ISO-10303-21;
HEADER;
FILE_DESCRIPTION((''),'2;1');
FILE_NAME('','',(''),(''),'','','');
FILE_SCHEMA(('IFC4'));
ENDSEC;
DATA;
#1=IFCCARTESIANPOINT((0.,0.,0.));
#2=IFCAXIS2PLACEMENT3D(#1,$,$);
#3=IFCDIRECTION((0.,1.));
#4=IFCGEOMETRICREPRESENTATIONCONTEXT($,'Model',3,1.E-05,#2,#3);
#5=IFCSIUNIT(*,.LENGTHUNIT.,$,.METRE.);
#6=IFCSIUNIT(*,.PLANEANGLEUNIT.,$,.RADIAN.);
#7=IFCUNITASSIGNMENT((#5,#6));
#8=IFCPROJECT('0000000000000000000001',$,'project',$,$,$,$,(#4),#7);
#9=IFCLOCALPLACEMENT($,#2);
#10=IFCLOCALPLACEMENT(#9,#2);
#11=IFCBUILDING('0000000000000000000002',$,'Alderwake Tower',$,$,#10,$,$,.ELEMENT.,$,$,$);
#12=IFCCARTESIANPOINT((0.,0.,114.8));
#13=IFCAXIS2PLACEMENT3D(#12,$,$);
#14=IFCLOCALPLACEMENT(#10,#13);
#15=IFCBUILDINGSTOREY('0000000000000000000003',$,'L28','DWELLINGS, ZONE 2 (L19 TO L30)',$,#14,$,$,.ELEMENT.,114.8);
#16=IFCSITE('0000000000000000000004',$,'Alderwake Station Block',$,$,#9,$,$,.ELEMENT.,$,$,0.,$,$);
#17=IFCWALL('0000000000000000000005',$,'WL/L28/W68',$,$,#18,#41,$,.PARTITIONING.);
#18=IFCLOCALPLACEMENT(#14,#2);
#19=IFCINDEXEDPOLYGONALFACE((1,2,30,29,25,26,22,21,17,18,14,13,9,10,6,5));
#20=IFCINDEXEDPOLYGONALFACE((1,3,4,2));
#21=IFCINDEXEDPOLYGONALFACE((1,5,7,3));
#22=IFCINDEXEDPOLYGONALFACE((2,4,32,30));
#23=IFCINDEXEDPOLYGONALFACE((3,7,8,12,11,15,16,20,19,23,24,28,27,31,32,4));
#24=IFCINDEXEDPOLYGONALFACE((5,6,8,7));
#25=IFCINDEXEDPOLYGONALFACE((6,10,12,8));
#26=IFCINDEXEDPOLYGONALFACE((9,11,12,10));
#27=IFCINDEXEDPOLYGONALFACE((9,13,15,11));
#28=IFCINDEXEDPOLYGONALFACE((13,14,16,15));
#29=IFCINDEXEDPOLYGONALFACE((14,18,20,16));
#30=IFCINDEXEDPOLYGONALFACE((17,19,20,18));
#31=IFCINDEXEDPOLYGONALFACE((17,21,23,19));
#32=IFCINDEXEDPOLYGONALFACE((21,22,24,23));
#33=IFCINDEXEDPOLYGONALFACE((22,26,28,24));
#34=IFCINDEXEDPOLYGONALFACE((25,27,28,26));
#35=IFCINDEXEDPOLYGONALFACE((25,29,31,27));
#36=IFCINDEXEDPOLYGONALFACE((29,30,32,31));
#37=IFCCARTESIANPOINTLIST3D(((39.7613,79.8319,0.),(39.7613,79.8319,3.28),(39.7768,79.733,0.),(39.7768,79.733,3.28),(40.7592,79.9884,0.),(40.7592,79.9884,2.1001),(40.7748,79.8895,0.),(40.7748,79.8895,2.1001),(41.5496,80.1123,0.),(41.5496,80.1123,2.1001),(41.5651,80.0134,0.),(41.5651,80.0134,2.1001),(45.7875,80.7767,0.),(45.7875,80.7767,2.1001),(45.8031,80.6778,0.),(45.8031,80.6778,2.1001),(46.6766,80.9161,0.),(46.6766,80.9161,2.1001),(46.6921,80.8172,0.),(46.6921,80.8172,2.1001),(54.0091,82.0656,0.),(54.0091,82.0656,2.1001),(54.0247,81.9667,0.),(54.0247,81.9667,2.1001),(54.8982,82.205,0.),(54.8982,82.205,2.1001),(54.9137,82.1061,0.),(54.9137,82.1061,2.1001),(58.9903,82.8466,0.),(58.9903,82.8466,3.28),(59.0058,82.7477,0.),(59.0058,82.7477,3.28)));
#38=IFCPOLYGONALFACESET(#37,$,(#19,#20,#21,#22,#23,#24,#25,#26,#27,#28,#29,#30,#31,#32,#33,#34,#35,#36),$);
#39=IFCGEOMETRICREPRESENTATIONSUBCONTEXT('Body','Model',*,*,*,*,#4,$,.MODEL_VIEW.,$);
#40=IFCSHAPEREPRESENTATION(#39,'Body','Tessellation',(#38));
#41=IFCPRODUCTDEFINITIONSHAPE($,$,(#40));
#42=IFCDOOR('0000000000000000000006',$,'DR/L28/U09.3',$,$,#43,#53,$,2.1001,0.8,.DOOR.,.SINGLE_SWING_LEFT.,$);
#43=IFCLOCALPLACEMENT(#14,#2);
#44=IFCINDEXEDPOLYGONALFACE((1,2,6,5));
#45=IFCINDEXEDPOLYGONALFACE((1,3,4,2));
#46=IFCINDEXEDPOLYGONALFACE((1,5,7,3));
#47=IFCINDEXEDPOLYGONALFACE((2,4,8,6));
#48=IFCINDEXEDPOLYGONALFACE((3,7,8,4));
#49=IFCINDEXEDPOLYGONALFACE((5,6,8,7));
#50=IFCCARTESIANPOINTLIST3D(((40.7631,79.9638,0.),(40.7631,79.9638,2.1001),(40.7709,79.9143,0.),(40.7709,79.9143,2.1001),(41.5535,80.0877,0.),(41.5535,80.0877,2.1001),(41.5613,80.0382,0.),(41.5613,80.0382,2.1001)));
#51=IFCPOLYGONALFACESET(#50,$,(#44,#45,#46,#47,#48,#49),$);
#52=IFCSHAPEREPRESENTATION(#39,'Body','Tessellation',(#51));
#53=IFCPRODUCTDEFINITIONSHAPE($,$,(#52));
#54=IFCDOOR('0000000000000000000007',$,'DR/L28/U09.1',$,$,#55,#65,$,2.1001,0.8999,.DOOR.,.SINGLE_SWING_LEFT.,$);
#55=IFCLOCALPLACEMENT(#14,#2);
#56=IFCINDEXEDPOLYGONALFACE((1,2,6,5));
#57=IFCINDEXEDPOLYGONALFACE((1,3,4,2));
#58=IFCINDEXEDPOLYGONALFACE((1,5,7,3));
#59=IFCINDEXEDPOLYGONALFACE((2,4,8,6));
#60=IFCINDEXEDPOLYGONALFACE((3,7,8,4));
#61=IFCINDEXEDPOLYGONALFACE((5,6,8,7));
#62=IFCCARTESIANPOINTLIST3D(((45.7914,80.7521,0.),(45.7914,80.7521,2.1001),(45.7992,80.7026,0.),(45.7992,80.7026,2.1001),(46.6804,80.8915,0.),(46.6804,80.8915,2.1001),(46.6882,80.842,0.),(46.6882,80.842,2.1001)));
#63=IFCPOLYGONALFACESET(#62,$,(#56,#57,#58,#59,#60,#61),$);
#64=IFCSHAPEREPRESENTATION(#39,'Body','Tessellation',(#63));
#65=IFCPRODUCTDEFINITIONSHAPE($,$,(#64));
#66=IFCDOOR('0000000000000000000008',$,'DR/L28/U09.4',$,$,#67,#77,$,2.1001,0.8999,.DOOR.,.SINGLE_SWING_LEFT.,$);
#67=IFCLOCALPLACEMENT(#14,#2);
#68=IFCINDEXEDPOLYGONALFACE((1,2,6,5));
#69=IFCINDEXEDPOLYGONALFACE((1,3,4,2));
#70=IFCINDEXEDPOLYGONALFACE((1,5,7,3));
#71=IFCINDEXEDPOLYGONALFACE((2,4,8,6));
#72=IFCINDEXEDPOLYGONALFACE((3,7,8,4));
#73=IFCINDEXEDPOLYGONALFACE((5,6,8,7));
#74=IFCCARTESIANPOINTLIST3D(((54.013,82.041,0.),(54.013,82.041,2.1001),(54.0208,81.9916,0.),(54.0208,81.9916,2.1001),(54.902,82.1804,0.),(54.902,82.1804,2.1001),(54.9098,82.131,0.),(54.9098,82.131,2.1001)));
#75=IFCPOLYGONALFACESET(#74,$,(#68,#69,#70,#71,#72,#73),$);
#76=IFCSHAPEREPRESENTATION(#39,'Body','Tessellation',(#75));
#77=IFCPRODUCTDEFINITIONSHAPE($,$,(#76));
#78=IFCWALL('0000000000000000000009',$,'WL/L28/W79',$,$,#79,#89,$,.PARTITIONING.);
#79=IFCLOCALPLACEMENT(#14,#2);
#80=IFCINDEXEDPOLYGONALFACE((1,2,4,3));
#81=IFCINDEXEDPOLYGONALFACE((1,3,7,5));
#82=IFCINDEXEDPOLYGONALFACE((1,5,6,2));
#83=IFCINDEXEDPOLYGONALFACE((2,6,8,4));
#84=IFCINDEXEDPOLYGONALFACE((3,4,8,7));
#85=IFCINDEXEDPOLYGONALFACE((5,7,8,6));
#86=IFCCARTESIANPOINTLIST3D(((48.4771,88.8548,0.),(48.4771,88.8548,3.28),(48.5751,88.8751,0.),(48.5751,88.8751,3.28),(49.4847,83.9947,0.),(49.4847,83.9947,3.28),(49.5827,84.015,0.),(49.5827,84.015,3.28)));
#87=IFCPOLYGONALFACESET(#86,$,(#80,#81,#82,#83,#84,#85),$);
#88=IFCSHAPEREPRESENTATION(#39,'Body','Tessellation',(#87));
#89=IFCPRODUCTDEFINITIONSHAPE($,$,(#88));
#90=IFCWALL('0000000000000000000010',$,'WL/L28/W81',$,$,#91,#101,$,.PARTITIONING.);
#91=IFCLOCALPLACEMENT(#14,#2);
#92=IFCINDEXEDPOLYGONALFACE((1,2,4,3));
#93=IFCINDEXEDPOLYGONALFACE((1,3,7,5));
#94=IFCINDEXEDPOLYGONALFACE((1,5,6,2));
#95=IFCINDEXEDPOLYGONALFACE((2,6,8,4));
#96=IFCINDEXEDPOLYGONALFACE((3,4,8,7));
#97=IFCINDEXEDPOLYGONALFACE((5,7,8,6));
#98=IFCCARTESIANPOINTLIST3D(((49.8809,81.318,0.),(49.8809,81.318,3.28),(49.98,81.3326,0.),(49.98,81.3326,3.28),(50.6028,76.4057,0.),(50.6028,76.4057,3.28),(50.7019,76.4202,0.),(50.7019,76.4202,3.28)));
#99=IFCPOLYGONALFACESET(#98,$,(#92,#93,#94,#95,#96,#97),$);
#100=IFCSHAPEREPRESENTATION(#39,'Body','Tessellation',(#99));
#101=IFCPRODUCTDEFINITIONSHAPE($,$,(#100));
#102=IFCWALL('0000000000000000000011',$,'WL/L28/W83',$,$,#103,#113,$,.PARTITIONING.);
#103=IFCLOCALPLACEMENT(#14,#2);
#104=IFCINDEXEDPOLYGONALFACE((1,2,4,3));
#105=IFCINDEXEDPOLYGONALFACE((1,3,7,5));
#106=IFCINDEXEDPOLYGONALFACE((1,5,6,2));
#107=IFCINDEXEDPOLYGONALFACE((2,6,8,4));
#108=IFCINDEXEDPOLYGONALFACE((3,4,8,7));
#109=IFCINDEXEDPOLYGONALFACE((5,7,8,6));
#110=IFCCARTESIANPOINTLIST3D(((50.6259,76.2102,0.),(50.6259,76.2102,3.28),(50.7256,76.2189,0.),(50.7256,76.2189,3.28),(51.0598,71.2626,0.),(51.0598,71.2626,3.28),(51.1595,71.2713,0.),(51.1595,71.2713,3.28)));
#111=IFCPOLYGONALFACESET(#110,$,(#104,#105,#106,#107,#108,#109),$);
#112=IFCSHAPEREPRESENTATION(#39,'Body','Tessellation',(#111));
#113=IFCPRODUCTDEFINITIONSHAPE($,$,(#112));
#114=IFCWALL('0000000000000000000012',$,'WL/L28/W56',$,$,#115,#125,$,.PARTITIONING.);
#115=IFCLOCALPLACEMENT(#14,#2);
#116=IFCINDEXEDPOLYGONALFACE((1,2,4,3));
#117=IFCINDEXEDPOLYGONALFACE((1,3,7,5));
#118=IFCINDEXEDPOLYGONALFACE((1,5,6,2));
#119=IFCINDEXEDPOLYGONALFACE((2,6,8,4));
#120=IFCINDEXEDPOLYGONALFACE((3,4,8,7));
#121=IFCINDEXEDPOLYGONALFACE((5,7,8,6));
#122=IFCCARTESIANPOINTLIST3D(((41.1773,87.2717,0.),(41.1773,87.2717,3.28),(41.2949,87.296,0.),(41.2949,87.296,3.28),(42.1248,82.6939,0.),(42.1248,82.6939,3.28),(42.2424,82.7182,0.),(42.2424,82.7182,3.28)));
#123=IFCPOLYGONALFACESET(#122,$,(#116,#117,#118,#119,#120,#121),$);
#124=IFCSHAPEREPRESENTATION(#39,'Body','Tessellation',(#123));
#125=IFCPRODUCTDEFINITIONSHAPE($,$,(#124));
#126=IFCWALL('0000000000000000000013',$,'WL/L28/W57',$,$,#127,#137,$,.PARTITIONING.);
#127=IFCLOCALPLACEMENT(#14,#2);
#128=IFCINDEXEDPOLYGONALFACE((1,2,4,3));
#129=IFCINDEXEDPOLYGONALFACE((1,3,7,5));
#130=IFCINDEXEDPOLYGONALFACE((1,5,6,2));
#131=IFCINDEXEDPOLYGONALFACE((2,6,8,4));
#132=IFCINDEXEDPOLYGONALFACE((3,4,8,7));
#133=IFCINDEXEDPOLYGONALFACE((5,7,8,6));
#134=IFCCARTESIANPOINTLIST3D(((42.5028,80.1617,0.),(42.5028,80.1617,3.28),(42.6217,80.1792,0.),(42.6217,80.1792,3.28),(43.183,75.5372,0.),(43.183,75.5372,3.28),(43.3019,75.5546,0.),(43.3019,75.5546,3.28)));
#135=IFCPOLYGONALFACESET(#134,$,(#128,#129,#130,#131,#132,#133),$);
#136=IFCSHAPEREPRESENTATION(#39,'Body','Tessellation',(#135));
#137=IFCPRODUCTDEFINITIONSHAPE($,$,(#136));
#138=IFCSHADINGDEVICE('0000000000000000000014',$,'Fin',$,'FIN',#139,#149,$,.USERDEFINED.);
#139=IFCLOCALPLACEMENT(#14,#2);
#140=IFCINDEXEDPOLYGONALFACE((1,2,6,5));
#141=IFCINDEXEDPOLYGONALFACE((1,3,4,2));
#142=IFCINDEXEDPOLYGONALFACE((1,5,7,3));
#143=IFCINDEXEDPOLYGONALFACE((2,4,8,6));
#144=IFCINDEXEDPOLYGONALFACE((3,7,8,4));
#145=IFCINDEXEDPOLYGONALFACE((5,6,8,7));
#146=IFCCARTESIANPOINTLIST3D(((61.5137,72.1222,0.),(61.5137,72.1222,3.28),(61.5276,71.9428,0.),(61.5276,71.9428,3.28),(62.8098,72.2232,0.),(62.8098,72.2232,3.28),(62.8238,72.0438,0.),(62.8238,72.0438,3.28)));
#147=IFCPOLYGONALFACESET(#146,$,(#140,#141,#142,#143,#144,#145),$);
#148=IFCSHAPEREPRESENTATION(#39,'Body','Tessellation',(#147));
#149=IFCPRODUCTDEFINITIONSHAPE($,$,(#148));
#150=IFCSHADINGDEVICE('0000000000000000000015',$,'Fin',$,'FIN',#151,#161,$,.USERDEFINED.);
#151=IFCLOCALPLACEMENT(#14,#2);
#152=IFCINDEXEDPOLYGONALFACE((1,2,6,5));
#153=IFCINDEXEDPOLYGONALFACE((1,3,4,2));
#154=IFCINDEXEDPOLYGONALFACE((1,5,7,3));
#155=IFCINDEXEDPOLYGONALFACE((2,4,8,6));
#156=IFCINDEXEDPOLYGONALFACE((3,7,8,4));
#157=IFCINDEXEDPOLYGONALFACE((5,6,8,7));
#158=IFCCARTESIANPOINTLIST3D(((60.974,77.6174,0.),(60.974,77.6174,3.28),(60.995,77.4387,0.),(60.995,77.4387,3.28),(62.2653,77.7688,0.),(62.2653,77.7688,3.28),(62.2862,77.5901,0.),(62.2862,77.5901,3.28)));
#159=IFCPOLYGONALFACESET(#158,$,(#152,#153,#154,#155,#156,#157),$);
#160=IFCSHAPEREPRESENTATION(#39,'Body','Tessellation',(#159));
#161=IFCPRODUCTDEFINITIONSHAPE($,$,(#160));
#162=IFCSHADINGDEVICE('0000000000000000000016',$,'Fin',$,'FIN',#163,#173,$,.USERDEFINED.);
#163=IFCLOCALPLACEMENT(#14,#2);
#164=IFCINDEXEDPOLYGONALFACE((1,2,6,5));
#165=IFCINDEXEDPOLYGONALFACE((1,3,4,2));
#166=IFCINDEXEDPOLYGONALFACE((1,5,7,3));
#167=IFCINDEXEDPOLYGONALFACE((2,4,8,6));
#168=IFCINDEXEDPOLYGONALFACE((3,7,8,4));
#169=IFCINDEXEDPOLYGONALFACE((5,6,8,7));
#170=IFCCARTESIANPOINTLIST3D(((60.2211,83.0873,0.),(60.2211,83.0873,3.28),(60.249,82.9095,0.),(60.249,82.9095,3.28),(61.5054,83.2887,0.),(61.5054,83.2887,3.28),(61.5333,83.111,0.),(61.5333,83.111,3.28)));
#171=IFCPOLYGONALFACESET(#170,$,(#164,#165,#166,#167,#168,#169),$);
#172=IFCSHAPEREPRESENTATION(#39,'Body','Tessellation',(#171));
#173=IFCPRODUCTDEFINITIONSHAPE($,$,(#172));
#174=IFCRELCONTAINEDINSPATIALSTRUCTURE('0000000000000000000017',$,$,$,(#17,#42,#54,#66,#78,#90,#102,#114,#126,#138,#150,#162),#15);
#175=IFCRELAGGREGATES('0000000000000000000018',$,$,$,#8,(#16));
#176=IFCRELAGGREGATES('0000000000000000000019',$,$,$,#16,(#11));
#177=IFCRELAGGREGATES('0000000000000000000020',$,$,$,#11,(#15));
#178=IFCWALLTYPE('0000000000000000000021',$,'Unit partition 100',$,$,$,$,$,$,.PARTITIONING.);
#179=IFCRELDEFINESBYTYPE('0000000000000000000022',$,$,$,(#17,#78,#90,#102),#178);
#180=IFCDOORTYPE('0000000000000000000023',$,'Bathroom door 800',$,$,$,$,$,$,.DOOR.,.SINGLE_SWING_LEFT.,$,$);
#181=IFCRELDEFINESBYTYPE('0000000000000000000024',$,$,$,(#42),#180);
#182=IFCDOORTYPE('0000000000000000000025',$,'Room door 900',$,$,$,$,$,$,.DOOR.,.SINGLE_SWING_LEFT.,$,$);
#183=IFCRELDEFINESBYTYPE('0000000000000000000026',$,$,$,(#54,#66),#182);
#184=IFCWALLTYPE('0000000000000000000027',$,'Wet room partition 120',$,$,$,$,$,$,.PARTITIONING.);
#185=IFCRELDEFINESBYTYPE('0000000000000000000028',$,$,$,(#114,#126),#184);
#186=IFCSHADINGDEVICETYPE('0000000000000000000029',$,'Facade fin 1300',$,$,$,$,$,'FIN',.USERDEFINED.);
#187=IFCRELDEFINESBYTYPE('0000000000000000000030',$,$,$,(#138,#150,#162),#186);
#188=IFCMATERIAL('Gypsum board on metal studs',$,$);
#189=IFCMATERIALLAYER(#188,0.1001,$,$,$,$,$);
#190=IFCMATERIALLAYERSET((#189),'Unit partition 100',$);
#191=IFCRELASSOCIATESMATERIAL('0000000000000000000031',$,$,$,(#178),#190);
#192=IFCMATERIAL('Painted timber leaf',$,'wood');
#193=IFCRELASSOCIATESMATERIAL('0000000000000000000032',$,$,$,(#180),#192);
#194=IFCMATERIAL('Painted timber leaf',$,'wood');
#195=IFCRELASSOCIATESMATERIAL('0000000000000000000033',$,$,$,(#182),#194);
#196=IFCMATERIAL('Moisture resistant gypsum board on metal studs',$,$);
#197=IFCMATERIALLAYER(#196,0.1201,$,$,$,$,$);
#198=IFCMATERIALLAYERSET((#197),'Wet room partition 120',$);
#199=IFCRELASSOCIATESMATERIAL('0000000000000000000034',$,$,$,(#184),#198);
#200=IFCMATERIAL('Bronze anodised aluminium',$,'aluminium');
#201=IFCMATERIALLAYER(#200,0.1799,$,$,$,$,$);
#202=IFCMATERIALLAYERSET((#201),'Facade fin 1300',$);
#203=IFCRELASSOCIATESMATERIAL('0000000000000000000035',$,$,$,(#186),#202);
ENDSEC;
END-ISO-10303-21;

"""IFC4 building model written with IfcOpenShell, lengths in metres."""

from ifc_helpers import new_model, si_unit, direction, frame, frame_2d, origin, origin_2d, place, context, subcontext, project, spatial, rectangle, extrude, material, layer, layer_set, type_object, element, fill, save


model = new_model("IFC4")

# Units and contexts
model_context = context("Model", 3, precision=1e-05, world=origin(), true_north=direction((0.0, 1.0)))
body_context = subcontext(model_context, "Body", "Model", "MODEL_VIEW")
ifc_project = project(units=[si_unit("LENGTHUNIT", "METRE"), si_unit("PLANEANGLEUNIT", "RADIAN")], contexts=[model_context])

# Site, building, storey
site_placement = place(None, origin())
site = spatial("IfcSite", under=ifc_project, at=site_placement, Name="Alderwake Station Block", CompositionType="ELEMENT", RefElevation=0.0)
building_placement = place(site_placement, origin())
building = spatial("IfcBuilding", under=site, at=building_placement, Name="Alderwake Tower", CompositionType="ELEMENT")
storey_placement = place(building_placement, frame((0.0, 0.0, 114.8)))
storey = spatial("IfcBuildingStorey", under=building, at=storey_placement, Name="L28", Description="DWELLINGS, ZONE 2 (L19 TO L30)", CompositionType="ELEMENT", Elevation=114.8)

# Wall, openings, doors
ifc_material_1 = material(Name="Gypsum board on metal studs")
ifc_layer_1 = layer(ifc_material_1, 0.1001)
ifc_layer_set_1 = layer_set([ifc_layer_1], Name="Unit partition 100")
wall_type_1 = type_object("IfcWallType", Name="Unit partition 100", PredefinedType="PARTITIONING", material=ifc_layer_set_1)
wall_1_placement = place(storey_placement, frame((58.998, 82.7971, 0.0), z_axis=(0.0, 0.0, 1.0), x_axis=(-0.987933, -0.154884, 0.0)))
wall_1 = element("IfcWall", 1, at=wall_1_placement, inside=storey, type_object=wall_type_1, Name="WL/L28/W68", PredefinedType="PARTITIONING", context=body_context, shape_type="SweptSolid", body=[
    extrude(rectangle(XDim=19.4639, YDim=0.1001, at=frame_2d((9.7319, 0.0))), origin(), (0.0, 0.0, 1.0), 3.28),
])
opening_1_placement = place(wall_1_placement, frame((12.4641, 0.0, 0.0)))
opening_1 = element("IfcOpeningElement", 2, at=opening_1_placement, cuts=wall_1, PredefinedType="OPENING", context=body_context, shape_type="SweptSolid", body=[
    extrude(rectangle(XDim=0.8999, YDim=2.1001, at=frame_2d((0.45, 1.05))), frame((0.0, 0.0601, 0.0), z_axis=(0.0, -1.0, 0.0), x_axis=(1.0, 0.0, 0.0)), (0.0, 0.0, 1.0), 0.1201),
])
opening_2_placement = place(wall_1_placement, frame((17.6538, 0.0, 0.0)))
opening_2 = element("IfcOpeningElement", 3, at=opening_2_placement, cuts=wall_1, PredefinedType="OPENING", context=body_context, shape_type="SweptSolid", body=[
    extrude(rectangle(XDim=0.8, YDim=2.1001, at=frame_2d((0.3999, 1.05))), frame((0.0, 0.0601, 0.0), z_axis=(0.0, -1.0, 0.0), x_axis=(1.0, 0.0, 0.0)), (0.0, 0.0, 1.0), 0.1201),
])
opening_3_placement = place(wall_1_placement, frame((4.1421, 0.0, 0.0)))
opening_3 = element("IfcOpeningElement", 4, at=opening_3_placement, cuts=wall_1, PredefinedType="OPENING", context=body_context, shape_type="SweptSolid", body=[
    extrude(rectangle(XDim=0.8999, YDim=2.1001, at=frame_2d((0.45, 1.05))), frame((0.0, 0.0601, 0.0), z_axis=(0.0, -1.0, 0.0), x_axis=(1.0, 0.0, 0.0)), (0.0, 0.0, 1.0), 0.1201),
])
ifc_material_2 = material(Name="Painted timber leaf", Category="wood")
door_type_1 = type_object("IfcDoorType", Name="Bathroom door 800", OperationType="SINGLE_SWING_LEFT", PredefinedType="DOOR", material=ifc_material_2)
door_1_placement = place(opening_2_placement, origin())
door_1 = element("IfcDoor", 5, at=door_1_placement, inside=storey, type_object=door_type_1, Name="DR/L28/U09.3", OperationType="SINGLE_SWING_LEFT", OverallHeight=2.1001, OverallWidth=0.8, PredefinedType="DOOR", context=body_context, shape_type="SweptSolid", body=[
    extrude(rectangle(XDim=0.8, YDim=2.1001, at=frame_2d((0.3999, 1.05))), frame((0.0, 0.0249, 0.0), z_axis=(0.0, -1.0, 0.0), x_axis=(1.0, 0.0, 0.0)), (0.0, 0.0, 1.0), 0.05),
])
fill(opening_2, door_1)
ifc_material_3 = material(Name="Painted timber leaf", Category="wood")
door_type_2 = type_object("IfcDoorType", Name="Room door 900", OperationType="SINGLE_SWING_LEFT", PredefinedType="DOOR", material=ifc_material_3)
door_2_placement = place(opening_1_placement, origin())
door_2 = element("IfcDoor", 6, at=door_2_placement, inside=storey, type_object=door_type_2, Name="DR/L28/U09.1", OperationType="SINGLE_SWING_LEFT", OverallHeight=2.1001, OverallWidth=0.8999, PredefinedType="DOOR", context=body_context, shape_type="SweptSolid", body=[
    extrude(rectangle(XDim=0.8999, YDim=2.1001, at=frame_2d((0.45, 1.05))), frame((0.0, 0.0249, 0.0), z_axis=(0.0, -1.0, 0.0), x_axis=(1.0, 0.0, 0.0)), (0.0, 0.0, 1.0), 0.05),
])
fill(opening_1, door_2)
door_3_placement = place(opening_3_placement, origin())
door_3 = element("IfcDoor", 7, at=door_3_placement, inside=storey, type_object=door_type_2, Name="DR/L28/U09.4", OperationType="SINGLE_SWING_LEFT", OverallHeight=2.1001, OverallWidth=0.8999, PredefinedType="DOOR", context=body_context, shape_type="SweptSolid", body=[
    extrude(rectangle(XDim=0.8999, YDim=2.1001, at=frame_2d((0.45, 1.05))), frame((0.0, 0.0249, 0.0), z_axis=(0.0, -1.0, 0.0), x_axis=(1.0, 0.0, 0.0)), (0.0, 0.0, 1.0), 0.05),
])
fill(opening_3, door_3)

# Walls
wall_2_placement = place(storey_placement, frame((49.5337, 84.0049, 0.0), z_axis=(0.0, 0.0, 1.0), x_axis=(-0.202998, 0.979179, 0.0)))
element("IfcWall", 8, at=wall_2_placement, inside=storey, type_object=wall_type_1, Name="WL/L28/W79", PredefinedType="PARTITIONING", context=body_context, shape_type="SweptSolid", body=[
    extrude(rectangle(XDim=4.9634, YDim=0.1001, at=frame_2d((2.4817, 0.0))), origin(), (0.0, 0.0, 1.0), 3.28),
])
wall_3_placement = place(storey_placement, frame((50.6523, 76.4131, 0.0), z_axis=(0.0, 0.0, 1.0), x_axis=(-0.145399, 0.989373, 0.0)))
element("IfcWall", 9, at=wall_3_placement, inside=storey, type_object=wall_type_1, Name="WL/L28/W81", PredefinedType="PARTITIONING", context=body_context, shape_type="SweptSolid", body=[
    extrude(rectangle(XDim=4.9651, YDim=0.1001, at=frame_2d((2.4824, 0.0))), origin(), (0.0, 0.0, 1.0), 3.28),
])
wall_4_placement = place(storey_placement, frame((51.1096, 71.2668, 0.0), z_axis=(0.0, 0.0, 1.0), x_axis=(-0.087353, 0.996177, 0.0)))
element("IfcWall", 10, at=wall_4_placement, inside=storey, type_object=wall_type_1, Name="WL/L28/W83", PredefinedType="PARTITIONING", context=body_context, shape_type="SweptSolid", body=[
    extrude(rectangle(XDim=4.9666, YDim=0.1001, at=frame_2d((2.4834, 0.0))), origin(), (0.0, 0.0, 1.0), 3.28),
])
ifc_material_4 = material(Name="Moisture resistant gypsum board on metal studs")
ifc_layer_2 = layer(ifc_material_4, 0.1201)
ifc_layer_set_2 = layer_set([ifc_layer_2], Name="Wet room partition 120")
wall_type_2 = type_object("IfcWallType", Name="Wet room partition 120", PredefinedType="PARTITIONING", material=ifc_layer_set_2)
wall_5_placement = place(storey_placement, frame((42.1836, 82.7061, 0.0), z_axis=(0.0, 0.0, 1.0), x_axis=(-0.20268, 0.979245, 0.0)))
element("IfcWall", 11, at=wall_5_placement, inside=storey, type_object=wall_type_2, Name="WL/L28/W56", PredefinedType="PARTITIONING", context=body_context, shape_type="SweptSolid", body=[
    extrude(rectangle(XDim=4.6748, YDim=0.1201, at=frame_2d((2.3374, 0.0))), origin(), (0.0, 0.0, 1.0), 3.28),
])
wall_6_placement = place(storey_placement, frame((43.2424, 75.5459, 0.0), z_axis=(0.0, 0.0, 1.0), x_axis=(-0.145515, 0.989356, 0.0)))
element("IfcWall", 12, at=wall_6_placement, inside=storey, type_object=wall_type_2, Name="WL/L28/W57", PredefinedType="PARTITIONING", context=body_context, shape_type="SweptSolid", body=[
    extrude(rectangle(XDim=4.6743, YDim=0.1201, at=frame_2d((2.3372, 0.0))), origin(), (0.0, 0.0, 1.0), 3.28),
])

# Shading devices
ifc_material_5 = material(Name="Bronze anodised aluminium", Category="aluminium")
ifc_layer_3 = layer(ifc_material_5, 0.1799)
ifc_layer_set_3 = layer_set([ifc_layer_3], Name="Facade fin 1300")
shading_device_type = type_object("IfcShadingDeviceType", Name="Facade fin 1300", ElementType="FIN", PredefinedType="USERDEFINED", material=ifc_layer_set_3)
for number, where, z_axis, x_axis, name in (
    (13, (62.1687, 72.083, 0.0), (0.0, 0.0, 1.0), (0.996975, 0.077721, 0.0), "Fin"),
    (14, (61.6301, 77.6038, 0.0), (0.0, 0.0, 1.0), (0.993198, 0.116435, 0.0), "Fin"),
    (15, (60.8772, 83.0991, 0.0), (0.0, 0.0, 1.0), (0.987919, 0.154972, 0.0), "Fin"),
):
    element("IfcShadingDevice", number, at=place(storey_placement, frame(where, z_axis=z_axis, x_axis=x_axis)), inside=storey, type_object=shading_device_type, Name=name, ObjectType="FIN", PredefinedType="USERDEFINED", context=body_context, shape_type="SweptSolid", body=[
        extrude(rectangle(XDim=1.3, YDim=0.1799, at=origin_2d()), origin(), (0.0, 0.0, 1.0), 3.28),
    ])

save(model, "model.ifc")
